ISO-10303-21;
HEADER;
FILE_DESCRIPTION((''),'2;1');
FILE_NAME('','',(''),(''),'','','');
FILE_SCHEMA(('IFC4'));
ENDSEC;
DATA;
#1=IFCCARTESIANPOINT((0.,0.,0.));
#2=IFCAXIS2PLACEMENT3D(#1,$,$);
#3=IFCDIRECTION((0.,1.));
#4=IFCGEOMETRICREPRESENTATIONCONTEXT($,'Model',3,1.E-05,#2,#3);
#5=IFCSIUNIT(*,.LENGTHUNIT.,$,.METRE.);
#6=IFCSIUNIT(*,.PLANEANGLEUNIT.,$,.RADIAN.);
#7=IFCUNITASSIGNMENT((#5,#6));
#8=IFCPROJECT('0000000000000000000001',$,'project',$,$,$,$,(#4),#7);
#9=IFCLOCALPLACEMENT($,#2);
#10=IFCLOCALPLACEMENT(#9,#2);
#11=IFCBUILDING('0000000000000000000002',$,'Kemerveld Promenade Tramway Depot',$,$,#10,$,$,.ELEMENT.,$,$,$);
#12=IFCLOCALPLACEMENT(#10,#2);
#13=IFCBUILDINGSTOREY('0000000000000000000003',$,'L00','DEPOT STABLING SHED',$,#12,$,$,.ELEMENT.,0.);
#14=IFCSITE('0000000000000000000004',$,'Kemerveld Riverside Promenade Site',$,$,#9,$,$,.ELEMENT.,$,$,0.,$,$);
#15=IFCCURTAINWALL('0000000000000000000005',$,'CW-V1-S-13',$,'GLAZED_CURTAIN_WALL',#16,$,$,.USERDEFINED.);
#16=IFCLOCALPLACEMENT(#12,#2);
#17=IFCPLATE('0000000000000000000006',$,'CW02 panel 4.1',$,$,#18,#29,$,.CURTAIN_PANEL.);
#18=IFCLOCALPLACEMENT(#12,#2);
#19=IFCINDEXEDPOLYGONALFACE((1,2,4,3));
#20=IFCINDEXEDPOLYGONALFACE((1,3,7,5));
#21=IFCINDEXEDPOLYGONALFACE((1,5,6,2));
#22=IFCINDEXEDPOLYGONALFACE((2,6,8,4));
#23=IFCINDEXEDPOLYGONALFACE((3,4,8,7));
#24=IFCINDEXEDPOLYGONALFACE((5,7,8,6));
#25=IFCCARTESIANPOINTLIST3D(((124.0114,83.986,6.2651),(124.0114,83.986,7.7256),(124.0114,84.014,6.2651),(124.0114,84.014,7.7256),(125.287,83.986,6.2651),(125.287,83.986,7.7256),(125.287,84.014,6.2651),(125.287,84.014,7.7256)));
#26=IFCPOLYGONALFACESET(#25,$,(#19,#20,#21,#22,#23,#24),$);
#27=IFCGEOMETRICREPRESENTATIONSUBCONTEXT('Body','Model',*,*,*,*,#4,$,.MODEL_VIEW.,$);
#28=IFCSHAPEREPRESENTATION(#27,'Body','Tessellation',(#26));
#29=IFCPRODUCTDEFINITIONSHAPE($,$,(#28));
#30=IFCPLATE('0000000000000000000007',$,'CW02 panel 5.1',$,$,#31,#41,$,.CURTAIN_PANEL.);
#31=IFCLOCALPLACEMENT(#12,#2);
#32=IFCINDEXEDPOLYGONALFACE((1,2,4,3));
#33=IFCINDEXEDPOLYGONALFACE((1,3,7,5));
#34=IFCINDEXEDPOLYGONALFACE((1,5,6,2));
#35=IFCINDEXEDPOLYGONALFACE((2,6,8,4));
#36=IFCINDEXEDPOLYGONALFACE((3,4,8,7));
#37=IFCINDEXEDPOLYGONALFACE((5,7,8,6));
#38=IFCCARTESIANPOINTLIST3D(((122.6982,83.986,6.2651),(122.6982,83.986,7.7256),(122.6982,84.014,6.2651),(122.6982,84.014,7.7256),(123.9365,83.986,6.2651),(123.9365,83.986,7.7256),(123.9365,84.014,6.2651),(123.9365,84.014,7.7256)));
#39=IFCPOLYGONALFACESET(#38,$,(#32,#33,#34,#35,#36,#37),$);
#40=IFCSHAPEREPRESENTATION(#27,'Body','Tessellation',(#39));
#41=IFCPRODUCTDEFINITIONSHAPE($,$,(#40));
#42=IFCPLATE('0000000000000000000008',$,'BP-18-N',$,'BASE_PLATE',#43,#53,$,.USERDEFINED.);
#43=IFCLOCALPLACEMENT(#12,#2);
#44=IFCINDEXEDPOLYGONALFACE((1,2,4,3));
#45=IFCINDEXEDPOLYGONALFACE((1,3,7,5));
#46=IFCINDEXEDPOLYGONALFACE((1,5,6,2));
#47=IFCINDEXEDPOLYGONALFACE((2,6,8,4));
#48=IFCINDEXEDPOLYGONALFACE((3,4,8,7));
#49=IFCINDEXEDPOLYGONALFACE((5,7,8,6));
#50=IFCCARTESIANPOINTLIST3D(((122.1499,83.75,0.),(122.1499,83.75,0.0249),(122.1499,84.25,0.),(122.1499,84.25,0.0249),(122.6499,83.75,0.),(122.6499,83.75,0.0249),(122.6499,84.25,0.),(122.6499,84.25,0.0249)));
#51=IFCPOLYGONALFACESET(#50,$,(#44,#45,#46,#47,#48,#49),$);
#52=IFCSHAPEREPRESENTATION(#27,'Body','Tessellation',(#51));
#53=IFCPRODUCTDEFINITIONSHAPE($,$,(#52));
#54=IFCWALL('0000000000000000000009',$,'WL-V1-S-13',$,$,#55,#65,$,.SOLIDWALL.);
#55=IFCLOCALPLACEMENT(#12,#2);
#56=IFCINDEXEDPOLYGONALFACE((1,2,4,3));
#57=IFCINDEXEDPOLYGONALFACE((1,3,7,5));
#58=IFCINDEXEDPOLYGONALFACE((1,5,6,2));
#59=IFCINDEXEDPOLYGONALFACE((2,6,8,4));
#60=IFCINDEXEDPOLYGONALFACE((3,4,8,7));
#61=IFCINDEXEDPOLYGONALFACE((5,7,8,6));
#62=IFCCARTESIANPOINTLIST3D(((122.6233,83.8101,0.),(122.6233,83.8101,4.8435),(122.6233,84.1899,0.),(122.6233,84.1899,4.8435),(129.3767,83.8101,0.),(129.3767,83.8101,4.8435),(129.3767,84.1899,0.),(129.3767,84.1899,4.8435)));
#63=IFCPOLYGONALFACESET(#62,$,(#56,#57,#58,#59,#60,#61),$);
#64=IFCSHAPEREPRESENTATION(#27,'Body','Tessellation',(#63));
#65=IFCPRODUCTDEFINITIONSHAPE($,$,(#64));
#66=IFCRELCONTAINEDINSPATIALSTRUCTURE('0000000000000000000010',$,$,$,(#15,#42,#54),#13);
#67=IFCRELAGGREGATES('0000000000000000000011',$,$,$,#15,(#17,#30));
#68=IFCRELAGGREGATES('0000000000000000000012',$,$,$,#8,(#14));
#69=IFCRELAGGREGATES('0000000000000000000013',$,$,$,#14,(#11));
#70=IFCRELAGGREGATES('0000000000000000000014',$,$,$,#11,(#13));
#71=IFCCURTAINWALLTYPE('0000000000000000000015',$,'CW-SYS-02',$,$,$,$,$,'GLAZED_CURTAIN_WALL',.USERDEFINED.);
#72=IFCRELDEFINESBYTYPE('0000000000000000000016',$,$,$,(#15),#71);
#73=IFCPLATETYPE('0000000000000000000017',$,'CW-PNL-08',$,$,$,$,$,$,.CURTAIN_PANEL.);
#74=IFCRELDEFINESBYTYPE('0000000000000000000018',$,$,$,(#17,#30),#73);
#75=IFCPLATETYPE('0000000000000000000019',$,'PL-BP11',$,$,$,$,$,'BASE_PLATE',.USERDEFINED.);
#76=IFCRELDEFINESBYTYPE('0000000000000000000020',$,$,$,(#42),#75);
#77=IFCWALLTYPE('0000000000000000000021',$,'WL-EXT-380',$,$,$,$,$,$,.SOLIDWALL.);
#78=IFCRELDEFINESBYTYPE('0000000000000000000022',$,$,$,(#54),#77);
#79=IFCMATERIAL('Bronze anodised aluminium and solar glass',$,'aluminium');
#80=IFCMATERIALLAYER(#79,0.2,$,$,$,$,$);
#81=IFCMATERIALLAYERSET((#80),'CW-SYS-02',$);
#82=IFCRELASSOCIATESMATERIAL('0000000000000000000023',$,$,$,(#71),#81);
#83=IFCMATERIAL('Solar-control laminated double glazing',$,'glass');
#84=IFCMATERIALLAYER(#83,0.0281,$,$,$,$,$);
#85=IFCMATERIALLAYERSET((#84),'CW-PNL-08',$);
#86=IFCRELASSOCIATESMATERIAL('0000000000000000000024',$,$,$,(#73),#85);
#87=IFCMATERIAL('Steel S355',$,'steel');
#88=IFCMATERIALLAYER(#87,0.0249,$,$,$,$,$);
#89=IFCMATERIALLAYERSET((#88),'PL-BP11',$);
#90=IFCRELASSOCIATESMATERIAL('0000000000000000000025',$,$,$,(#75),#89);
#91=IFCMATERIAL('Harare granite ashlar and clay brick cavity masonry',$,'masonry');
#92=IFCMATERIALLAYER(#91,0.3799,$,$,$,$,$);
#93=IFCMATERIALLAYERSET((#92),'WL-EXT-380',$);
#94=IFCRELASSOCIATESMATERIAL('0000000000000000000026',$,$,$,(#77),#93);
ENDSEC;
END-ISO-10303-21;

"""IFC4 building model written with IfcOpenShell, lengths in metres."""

from ifc_helpers import new_model, si_unit, direction, frame, frame_2d, origin, origin_2d, place, context, subcontext, project, spatial, rectangle, extrude, material, layer, layer_set, type_object, element, aggregate, save


model = new_model("IFC4")

# Units and contexts
model_context = context("Model", 3, precision=1e-05, world=origin(), true_north=direction((0.0, 1.0)))
body_context = subcontext(model_context, "Body", "Model", "MODEL_VIEW")
ifc_project = project(units=[si_unit("LENGTHUNIT", "METRE"), si_unit("PLANEANGLEUNIT", "RADIAN")], contexts=[model_context])

# Site, building, storey
site_placement = place(None, origin())
site = spatial("IfcSite", under=ifc_project, at=site_placement, Name="Kemerveld Riverside Promenade Site", CompositionType="ELEMENT", RefElevation=0.0)
building_placement = place(site_placement, origin())
building = spatial("IfcBuilding", under=site, at=building_placement, Name="Kemerveld Promenade Tramway Depot", CompositionType="ELEMENT")
storey_placement = place(building_placement, origin())
storey = spatial("IfcBuildingStorey", under=building, at=storey_placement, Name="L00", Description="DEPOT STABLING SHED", CompositionType="ELEMENT", Elevation=0.0)

# Shared definitions
ifc_material_1 = material(Name="Steel S355", Category="steel")

# Shared definitions
ifc_material_2 = material(Name="Bronze anodised aluminium and solar glass", Category="aluminium")

# Curtain wall
ifc_layer_1 = layer(ifc_material_2, 0.2)
ifc_layer_set_1 = layer_set([ifc_layer_1], Name="CW-SYS-02")
curtain_wall_type_1 = type_object("IfcCurtainWallType", Name="CW-SYS-02", ElementType="GLAZED_CURTAIN_WALL", PredefinedType="USERDEFINED", material=ifc_layer_set_1)
curtain_wall_1_placement = place(storey_placement, origin())
curtain_wall_1 = element("IfcCurtainWall", 1, at=curtain_wall_1_placement, inside=storey, type_object=curtain_wall_type_1, Name="CW-V1-S-13", ObjectType="GLAZED_CURTAIN_WALL", PredefinedType="USERDEFINED")

# Plates
ifc_material_3 = material(Name="Solar-control laminated double glazing", Category="glass")
ifc_layer_2 = layer(ifc_material_3, 0.0281)
ifc_layer_set_2 = layer_set([ifc_layer_2], Name="CW-PNL-08")
plate_type_1 = type_object("IfcPlateType", Name="CW-PNL-08", PredefinedType="CURTAIN_PANEL", material=ifc_layer_set_2)
plate_1_placement = place(storey_placement, frame((124.6492, 84.0, 6.2651), z_axis=(0.0, 0.0, 1.0), x_axis=(-1.0, 0.0, 0.0)))
plate_1 = element("IfcPlate", 2, at=plate_1_placement, type_object=plate_type_1, Name="CW02 panel 4.1", PredefinedType="CURTAIN_PANEL", context=body_context, shape_type="SweptSolid", body=[
    extrude(rectangle(XDim=1.2756, YDim=0.0281, at=origin_2d()), origin(), (0.0, 0.0, 1.0), 1.4604),
])
plate_2_placement = place(storey_placement, frame((123.3174, 84.0, 6.2651), z_axis=(0.0, 0.0, 1.0), x_axis=(-1.0, 0.0, 0.0)))
plate_2 = element("IfcPlate", 3, at=plate_2_placement, type_object=plate_type_1, Name="CW02 panel 5.1", PredefinedType="CURTAIN_PANEL", context=body_context, shape_type="SweptSolid", body=[
    extrude(rectangle(XDim=1.2383, YDim=0.0281, at=origin_2d()), origin(), (0.0, 0.0, 1.0), 1.4604),
])
aggregate(curtain_wall_1, [plate_1, plate_2])
ifc_layer_3 = layer(ifc_material_1, 0.0249)
ifc_layer_set_3 = layer_set([ifc_layer_3], Name="PL-BP11")
plate_type_2 = type_object("IfcPlateType", Name="PL-BP11", ElementType="BASE_PLATE", PredefinedType="USERDEFINED", material=ifc_layer_set_3)
plate_3_placement = place(storey_placement, frame((122.3999, 84.0, 0.0), z_axis=(0.0, 0.0, 1.0), x_axis=(1.0, 0.0, 0.0)))
element("IfcPlate", 4, at=plate_3_placement, inside=storey, type_object=plate_type_2, Name="BP-18-N", ObjectType="BASE_PLATE", PredefinedType="USERDEFINED", context=body_context, shape_type="SweptSolid", body=[
    extrude(rectangle(XDim=0.5, YDim=0.5, at=origin_2d()), origin(), (0.0, 0.0, 1.0), 0.0249),
])

# Wall
ifc_material_4 = material(Name="Harare granite ashlar and clay brick cavity masonry", Category="masonry")
ifc_layer_4 = layer(ifc_material_4, 0.3799)
ifc_layer_set_4 = layer_set([ifc_layer_4], Name="WL-EXT-380")
wall_type = type_object("IfcWallType", Name="WL-EXT-380", PredefinedType="SOLIDWALL", material=ifc_layer_set_4)
wall_1_placement = place(storey_placement, frame((129.3767, 84.0, 0.0), z_axis=(0.0, 0.0, 1.0), x_axis=(-1.0, 0.0, 0.0)))
element("IfcWall", 5, at=wall_1_placement, inside=storey, type_object=wall_type, Name="WL-V1-S-13", PredefinedType="SOLIDWALL", context=body_context, shape_type="SweptSolid", body=[
    extrude(rectangle(XDim=6.7534, YDim=0.3799, at=frame_2d((3.3767, 0.0))), origin(), (0.0, 0.0, 1.0), 4.8435),
])

save(model, "model.ifc")
